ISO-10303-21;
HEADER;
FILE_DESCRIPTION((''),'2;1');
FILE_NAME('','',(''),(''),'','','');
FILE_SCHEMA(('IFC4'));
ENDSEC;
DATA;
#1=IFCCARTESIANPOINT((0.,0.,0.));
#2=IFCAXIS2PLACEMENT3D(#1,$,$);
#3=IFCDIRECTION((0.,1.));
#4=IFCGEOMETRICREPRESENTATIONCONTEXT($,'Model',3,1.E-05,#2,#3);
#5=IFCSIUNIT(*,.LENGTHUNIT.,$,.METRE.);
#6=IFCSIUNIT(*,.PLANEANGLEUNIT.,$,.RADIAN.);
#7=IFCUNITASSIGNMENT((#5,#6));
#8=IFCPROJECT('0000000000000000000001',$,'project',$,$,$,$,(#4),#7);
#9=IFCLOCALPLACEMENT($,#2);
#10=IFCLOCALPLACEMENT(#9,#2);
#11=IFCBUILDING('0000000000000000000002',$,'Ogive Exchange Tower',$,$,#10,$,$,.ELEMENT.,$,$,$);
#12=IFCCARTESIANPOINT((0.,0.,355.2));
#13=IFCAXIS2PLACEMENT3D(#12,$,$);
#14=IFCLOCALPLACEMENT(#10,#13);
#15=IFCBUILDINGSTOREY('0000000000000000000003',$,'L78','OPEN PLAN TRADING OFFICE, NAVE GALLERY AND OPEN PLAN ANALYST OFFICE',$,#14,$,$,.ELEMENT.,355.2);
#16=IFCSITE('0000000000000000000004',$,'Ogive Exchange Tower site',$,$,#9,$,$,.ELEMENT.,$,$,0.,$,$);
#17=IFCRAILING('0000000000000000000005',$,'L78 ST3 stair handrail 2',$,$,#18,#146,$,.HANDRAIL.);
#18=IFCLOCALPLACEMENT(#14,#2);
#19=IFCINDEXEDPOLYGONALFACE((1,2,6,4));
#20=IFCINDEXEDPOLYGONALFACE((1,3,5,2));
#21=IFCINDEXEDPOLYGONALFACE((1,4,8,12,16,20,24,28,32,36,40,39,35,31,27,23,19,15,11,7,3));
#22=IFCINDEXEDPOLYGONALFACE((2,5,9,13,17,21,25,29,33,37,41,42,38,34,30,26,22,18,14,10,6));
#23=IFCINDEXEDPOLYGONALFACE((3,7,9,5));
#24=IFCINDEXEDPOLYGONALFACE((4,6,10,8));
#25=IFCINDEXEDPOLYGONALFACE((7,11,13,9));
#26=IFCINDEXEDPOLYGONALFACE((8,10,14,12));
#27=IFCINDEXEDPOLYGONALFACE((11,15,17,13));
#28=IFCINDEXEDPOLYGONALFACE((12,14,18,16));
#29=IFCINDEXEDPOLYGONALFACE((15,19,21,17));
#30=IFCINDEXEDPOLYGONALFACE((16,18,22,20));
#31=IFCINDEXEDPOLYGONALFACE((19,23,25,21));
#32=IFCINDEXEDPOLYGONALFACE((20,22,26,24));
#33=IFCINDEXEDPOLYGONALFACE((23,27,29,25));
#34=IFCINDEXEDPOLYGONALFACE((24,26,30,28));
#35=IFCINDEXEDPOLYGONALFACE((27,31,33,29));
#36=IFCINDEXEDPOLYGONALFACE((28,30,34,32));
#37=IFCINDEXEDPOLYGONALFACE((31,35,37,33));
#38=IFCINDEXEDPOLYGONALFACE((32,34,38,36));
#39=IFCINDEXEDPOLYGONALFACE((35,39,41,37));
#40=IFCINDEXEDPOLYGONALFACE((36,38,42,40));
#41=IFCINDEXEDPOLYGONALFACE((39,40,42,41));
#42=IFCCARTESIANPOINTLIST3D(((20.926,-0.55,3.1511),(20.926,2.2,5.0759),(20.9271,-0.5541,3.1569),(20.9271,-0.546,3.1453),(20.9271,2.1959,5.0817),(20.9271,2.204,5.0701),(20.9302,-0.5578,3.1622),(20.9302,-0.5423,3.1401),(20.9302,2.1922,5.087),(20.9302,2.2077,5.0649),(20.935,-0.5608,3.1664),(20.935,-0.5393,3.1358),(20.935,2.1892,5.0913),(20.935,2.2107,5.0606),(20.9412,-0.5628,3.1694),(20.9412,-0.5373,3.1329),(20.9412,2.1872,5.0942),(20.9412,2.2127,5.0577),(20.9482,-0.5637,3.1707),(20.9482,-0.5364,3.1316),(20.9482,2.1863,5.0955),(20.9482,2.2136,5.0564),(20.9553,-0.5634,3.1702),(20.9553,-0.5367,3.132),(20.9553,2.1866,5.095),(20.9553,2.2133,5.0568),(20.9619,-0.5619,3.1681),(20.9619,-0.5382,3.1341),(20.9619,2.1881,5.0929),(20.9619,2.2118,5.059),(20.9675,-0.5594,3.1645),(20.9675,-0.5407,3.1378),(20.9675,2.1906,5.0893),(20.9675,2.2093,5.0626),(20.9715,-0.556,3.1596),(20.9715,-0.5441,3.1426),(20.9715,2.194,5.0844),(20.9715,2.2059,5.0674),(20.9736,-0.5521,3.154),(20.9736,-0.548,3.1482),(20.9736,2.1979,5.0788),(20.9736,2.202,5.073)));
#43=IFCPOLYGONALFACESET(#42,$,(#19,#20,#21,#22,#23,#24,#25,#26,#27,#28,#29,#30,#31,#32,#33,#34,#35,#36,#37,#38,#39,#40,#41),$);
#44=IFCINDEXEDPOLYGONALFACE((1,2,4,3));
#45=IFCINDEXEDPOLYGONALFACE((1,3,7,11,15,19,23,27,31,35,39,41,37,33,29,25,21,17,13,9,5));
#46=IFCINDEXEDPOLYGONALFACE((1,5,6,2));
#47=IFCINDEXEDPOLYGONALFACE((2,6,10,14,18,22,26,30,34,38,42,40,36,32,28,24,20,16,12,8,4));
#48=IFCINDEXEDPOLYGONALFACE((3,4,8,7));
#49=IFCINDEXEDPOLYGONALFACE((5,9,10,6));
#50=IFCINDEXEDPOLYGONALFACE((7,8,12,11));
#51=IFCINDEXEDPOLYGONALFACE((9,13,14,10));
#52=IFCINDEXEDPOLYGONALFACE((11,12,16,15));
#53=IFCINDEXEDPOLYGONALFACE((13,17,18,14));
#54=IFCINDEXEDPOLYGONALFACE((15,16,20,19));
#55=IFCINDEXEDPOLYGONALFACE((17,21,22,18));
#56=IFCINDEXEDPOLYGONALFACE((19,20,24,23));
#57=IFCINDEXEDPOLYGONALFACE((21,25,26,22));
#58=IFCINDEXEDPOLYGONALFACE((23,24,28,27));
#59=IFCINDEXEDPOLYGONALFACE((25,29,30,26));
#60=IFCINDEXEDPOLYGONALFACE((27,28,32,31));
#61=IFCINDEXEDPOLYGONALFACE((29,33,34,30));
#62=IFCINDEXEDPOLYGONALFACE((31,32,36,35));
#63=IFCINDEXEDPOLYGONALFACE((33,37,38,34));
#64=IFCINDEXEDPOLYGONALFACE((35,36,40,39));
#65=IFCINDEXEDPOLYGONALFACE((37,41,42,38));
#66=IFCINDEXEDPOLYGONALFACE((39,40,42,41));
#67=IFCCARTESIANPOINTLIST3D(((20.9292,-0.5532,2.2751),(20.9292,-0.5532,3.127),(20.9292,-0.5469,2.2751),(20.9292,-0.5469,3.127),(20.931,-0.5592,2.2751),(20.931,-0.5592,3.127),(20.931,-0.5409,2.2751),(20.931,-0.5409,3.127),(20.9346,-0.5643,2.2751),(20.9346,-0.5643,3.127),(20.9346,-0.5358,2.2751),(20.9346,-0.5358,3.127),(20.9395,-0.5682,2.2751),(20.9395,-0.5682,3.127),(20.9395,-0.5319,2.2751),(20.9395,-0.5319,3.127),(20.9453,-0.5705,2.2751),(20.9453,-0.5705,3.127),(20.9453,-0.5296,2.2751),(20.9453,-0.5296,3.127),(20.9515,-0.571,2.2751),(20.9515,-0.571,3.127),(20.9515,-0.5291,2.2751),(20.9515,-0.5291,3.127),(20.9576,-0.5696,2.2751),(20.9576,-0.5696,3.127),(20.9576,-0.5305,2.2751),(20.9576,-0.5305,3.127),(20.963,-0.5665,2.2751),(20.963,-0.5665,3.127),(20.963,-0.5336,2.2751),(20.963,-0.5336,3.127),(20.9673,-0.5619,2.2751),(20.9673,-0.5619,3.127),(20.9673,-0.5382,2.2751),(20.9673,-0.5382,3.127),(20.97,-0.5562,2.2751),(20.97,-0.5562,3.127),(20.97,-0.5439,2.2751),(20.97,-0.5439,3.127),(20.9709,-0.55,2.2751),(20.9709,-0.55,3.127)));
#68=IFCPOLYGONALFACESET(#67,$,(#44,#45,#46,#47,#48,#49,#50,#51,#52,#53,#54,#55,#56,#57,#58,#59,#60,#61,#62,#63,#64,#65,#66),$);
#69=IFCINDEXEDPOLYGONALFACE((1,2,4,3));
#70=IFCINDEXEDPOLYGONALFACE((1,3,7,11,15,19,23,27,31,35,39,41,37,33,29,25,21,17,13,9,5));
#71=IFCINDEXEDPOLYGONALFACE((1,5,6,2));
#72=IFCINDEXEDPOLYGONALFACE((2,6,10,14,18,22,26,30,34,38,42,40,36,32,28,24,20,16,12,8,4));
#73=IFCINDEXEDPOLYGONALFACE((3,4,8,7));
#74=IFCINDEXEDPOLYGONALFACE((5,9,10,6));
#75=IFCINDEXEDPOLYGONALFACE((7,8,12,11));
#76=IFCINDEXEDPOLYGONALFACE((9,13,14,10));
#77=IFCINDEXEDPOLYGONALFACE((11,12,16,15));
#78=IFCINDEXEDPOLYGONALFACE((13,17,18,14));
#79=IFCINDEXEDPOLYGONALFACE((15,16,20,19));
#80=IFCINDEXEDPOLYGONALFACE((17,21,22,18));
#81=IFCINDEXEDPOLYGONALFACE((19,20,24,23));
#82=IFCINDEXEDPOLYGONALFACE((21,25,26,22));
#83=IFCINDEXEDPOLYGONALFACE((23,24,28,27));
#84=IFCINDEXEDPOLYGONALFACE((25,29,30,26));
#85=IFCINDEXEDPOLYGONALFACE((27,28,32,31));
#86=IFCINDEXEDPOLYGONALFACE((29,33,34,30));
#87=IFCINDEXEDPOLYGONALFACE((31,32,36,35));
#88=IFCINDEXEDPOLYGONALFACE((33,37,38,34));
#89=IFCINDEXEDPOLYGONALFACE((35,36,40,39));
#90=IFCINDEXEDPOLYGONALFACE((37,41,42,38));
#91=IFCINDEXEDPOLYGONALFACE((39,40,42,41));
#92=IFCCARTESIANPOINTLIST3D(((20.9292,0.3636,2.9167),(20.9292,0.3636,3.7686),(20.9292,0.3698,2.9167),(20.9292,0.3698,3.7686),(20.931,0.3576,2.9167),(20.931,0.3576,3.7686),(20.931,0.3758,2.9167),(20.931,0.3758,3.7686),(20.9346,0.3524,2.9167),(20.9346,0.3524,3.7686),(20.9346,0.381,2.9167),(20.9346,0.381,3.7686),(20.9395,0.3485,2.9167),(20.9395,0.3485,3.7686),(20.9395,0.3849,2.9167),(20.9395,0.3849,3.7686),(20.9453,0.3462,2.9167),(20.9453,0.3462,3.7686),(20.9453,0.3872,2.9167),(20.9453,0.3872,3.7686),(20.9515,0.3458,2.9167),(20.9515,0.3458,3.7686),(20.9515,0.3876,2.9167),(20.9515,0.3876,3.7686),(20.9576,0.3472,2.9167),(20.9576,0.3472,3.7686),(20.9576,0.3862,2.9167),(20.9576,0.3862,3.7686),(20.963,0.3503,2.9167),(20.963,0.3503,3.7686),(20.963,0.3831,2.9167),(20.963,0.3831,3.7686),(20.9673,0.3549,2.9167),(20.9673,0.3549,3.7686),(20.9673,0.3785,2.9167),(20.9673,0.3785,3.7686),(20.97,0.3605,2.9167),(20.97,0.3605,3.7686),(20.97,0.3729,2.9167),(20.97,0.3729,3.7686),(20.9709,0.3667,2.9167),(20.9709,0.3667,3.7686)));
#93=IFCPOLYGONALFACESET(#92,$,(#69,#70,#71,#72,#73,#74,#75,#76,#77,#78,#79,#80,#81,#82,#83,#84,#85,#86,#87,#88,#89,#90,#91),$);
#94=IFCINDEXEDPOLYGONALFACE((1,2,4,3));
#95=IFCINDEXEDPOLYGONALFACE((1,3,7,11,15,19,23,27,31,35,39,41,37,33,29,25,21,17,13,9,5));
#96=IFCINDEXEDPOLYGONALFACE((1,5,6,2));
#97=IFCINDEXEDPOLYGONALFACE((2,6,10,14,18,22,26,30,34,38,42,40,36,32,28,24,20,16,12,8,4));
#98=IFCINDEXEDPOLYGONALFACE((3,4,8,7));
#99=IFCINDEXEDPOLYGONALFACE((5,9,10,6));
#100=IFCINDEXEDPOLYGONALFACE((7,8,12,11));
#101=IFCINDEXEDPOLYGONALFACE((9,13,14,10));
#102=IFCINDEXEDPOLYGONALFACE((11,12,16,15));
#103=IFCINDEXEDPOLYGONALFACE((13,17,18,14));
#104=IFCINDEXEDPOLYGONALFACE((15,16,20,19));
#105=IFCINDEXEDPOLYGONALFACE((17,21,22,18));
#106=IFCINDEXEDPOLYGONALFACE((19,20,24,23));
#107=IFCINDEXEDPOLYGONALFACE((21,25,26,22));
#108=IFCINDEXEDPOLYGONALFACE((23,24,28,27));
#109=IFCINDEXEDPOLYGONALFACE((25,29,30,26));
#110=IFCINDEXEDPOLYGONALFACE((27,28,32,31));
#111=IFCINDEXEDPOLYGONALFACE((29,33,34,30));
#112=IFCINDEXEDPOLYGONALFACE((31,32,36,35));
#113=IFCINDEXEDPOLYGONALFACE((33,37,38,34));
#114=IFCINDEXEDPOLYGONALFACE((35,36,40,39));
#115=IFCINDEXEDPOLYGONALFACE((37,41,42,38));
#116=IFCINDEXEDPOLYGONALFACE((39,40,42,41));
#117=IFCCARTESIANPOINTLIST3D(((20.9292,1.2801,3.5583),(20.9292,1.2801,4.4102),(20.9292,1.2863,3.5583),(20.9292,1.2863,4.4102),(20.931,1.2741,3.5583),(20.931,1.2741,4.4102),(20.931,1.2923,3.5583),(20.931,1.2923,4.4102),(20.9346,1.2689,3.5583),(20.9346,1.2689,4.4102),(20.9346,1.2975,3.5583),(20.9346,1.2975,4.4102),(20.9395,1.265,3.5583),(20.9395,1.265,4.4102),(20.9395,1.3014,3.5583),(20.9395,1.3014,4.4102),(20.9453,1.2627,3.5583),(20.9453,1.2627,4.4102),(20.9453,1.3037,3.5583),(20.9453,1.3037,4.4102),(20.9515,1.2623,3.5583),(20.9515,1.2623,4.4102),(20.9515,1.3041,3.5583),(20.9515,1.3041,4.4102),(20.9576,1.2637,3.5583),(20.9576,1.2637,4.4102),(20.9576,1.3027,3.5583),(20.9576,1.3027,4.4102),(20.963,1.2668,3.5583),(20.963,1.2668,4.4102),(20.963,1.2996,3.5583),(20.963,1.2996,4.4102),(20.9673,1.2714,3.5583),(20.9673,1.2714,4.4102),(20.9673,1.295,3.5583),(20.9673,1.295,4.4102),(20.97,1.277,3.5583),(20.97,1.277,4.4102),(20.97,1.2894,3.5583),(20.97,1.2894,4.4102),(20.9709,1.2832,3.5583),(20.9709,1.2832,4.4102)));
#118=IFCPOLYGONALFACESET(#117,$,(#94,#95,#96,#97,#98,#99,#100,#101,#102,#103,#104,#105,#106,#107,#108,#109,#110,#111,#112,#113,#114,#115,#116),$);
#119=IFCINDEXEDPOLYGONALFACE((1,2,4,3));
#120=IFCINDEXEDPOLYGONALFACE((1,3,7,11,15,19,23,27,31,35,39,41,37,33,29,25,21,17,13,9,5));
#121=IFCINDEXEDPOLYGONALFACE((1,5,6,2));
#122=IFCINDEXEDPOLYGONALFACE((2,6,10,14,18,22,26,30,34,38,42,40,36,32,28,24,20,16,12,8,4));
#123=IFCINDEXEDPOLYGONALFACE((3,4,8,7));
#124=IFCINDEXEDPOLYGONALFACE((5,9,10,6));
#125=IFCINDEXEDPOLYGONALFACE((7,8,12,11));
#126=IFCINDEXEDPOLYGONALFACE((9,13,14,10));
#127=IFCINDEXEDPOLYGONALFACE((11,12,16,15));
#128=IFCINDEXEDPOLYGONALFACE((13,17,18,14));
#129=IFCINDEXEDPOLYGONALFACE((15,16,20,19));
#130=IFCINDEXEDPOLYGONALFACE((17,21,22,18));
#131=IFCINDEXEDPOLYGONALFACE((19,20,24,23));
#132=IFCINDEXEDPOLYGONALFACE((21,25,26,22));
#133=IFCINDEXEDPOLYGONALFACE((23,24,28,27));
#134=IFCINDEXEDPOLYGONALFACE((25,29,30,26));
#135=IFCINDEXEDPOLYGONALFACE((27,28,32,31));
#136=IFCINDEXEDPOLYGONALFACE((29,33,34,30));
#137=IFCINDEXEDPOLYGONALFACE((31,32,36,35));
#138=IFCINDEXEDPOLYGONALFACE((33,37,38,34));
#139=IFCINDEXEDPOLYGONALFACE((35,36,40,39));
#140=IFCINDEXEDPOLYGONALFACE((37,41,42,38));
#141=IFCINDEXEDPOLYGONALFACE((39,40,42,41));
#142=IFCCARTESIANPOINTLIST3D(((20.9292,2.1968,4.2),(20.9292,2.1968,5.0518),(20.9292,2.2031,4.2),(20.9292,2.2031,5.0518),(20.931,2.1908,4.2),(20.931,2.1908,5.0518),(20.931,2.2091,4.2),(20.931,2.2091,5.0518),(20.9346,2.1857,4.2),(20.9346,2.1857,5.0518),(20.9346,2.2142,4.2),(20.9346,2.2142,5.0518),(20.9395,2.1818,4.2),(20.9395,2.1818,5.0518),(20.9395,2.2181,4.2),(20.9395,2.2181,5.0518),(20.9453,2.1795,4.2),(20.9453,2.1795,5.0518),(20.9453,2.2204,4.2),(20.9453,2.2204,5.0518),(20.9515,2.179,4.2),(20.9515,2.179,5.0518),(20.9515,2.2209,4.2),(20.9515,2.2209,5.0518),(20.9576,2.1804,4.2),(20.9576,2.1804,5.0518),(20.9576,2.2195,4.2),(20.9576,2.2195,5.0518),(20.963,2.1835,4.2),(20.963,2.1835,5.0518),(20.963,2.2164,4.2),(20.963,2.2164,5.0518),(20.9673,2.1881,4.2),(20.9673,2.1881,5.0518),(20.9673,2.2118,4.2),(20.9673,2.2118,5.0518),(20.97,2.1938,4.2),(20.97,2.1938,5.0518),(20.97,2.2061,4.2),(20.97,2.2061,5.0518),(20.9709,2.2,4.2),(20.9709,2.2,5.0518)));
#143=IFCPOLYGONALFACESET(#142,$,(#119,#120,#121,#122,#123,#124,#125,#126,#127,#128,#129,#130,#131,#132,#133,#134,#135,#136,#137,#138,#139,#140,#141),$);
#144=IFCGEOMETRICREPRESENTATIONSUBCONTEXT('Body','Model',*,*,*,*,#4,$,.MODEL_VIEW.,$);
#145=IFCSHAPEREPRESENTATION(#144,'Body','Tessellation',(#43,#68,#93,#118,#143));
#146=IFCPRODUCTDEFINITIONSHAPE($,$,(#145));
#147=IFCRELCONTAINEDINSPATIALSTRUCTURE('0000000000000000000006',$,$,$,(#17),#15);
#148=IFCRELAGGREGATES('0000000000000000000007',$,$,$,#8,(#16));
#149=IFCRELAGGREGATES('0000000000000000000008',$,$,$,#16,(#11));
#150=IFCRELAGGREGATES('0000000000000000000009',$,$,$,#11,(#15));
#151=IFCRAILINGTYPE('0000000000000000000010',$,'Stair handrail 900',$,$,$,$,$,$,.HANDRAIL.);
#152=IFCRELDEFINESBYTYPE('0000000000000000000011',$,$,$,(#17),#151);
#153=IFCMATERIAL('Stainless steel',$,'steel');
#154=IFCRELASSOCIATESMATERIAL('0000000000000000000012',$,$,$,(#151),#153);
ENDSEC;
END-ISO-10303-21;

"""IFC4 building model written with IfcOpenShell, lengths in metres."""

from ifc_helpers import new_model, si_unit, direction, frame, origin, origin_2d, place, context, subcontext, project, spatial, circle, extrude, material, type_object, element, save


model = new_model("IFC4")

# Units and contexts
model_context = context("Model", 3, precision=1e-05, world=origin(), true_north=direction((0.0, 1.0)))
body_context = subcontext(model_context, "Body", "Model", "MODEL_VIEW")
ifc_project = project(units=[si_unit("LENGTHUNIT", "METRE"), si_unit("PLANEANGLEUNIT", "RADIAN")], contexts=[model_context])

# Site, building, storey
site_placement = place(None, origin())
site = spatial("IfcSite", under=ifc_project, at=site_placement, Name="Ogive Exchange Tower site", CompositionType="ELEMENT", RefElevation=0.0)
building_placement = place(site_placement, origin())
building = spatial("IfcBuilding", under=site, at=building_placement, Name="Ogive Exchange Tower", CompositionType="ELEMENT")
storey_placement = place(building_placement, frame((0.0, 0.0, 355.2)))
storey = spatial("IfcBuildingStorey", under=building, at=storey_placement, Name="L78", Description="OPEN PLAN TRADING OFFICE, NAVE GALLERY AND OPEN PLAN ANALYST OFFICE", CompositionType="ELEMENT", Elevation=355.2)

# Shared definitions
ifc_material_1 = material(Name="Stainless steel", Category="steel")

# Railing
railing_type = type_object("IfcRailingType", Name="Stair handrail 900", PredefinedType="HANDRAIL", material=ifc_material_1)
railing_1_placement = place(storey_placement, frame((20.95, -0.55, 2.2751)))
element("IfcRailing", 1, at=railing_1_placement, inside=storey, type_object=railing_type, Name="L78 ST3 stair handrail 2", PredefinedType="HANDRAIL", context=body_context, shape_type="SweptSolid", body=[
    extrude(circle(Radius=0.0239, at=origin_2d()), frame((0.0, 0.0, 0.876), z_axis=(0.0, 0.819259, 0.573423), x_axis=(-1.0, 0.0, 0.0)), (0.0, 0.0, 1.0), 3.3567),
    extrude(circle(Radius=0.021, at=origin_2d()), origin(), (0.0, 0.0, 1.0), 0.8518),
    extrude(circle(Radius=0.021, at=origin_2d()), frame((0.0, 0.9167, 0.6416)), (0.0, 0.0, 1.0), 0.8518),
    extrude(circle(Radius=0.021, at=origin_2d()), frame((0.0, 1.8333, 1.2832)), (0.0, 0.0, 1.0), 0.8518),
    extrude(circle(Radius=0.021, at=origin_2d()), frame((0.0, 2.75, 1.9248)), (0.0, 0.0, 1.0), 0.8518),
])

save(model, "model.ifc")
